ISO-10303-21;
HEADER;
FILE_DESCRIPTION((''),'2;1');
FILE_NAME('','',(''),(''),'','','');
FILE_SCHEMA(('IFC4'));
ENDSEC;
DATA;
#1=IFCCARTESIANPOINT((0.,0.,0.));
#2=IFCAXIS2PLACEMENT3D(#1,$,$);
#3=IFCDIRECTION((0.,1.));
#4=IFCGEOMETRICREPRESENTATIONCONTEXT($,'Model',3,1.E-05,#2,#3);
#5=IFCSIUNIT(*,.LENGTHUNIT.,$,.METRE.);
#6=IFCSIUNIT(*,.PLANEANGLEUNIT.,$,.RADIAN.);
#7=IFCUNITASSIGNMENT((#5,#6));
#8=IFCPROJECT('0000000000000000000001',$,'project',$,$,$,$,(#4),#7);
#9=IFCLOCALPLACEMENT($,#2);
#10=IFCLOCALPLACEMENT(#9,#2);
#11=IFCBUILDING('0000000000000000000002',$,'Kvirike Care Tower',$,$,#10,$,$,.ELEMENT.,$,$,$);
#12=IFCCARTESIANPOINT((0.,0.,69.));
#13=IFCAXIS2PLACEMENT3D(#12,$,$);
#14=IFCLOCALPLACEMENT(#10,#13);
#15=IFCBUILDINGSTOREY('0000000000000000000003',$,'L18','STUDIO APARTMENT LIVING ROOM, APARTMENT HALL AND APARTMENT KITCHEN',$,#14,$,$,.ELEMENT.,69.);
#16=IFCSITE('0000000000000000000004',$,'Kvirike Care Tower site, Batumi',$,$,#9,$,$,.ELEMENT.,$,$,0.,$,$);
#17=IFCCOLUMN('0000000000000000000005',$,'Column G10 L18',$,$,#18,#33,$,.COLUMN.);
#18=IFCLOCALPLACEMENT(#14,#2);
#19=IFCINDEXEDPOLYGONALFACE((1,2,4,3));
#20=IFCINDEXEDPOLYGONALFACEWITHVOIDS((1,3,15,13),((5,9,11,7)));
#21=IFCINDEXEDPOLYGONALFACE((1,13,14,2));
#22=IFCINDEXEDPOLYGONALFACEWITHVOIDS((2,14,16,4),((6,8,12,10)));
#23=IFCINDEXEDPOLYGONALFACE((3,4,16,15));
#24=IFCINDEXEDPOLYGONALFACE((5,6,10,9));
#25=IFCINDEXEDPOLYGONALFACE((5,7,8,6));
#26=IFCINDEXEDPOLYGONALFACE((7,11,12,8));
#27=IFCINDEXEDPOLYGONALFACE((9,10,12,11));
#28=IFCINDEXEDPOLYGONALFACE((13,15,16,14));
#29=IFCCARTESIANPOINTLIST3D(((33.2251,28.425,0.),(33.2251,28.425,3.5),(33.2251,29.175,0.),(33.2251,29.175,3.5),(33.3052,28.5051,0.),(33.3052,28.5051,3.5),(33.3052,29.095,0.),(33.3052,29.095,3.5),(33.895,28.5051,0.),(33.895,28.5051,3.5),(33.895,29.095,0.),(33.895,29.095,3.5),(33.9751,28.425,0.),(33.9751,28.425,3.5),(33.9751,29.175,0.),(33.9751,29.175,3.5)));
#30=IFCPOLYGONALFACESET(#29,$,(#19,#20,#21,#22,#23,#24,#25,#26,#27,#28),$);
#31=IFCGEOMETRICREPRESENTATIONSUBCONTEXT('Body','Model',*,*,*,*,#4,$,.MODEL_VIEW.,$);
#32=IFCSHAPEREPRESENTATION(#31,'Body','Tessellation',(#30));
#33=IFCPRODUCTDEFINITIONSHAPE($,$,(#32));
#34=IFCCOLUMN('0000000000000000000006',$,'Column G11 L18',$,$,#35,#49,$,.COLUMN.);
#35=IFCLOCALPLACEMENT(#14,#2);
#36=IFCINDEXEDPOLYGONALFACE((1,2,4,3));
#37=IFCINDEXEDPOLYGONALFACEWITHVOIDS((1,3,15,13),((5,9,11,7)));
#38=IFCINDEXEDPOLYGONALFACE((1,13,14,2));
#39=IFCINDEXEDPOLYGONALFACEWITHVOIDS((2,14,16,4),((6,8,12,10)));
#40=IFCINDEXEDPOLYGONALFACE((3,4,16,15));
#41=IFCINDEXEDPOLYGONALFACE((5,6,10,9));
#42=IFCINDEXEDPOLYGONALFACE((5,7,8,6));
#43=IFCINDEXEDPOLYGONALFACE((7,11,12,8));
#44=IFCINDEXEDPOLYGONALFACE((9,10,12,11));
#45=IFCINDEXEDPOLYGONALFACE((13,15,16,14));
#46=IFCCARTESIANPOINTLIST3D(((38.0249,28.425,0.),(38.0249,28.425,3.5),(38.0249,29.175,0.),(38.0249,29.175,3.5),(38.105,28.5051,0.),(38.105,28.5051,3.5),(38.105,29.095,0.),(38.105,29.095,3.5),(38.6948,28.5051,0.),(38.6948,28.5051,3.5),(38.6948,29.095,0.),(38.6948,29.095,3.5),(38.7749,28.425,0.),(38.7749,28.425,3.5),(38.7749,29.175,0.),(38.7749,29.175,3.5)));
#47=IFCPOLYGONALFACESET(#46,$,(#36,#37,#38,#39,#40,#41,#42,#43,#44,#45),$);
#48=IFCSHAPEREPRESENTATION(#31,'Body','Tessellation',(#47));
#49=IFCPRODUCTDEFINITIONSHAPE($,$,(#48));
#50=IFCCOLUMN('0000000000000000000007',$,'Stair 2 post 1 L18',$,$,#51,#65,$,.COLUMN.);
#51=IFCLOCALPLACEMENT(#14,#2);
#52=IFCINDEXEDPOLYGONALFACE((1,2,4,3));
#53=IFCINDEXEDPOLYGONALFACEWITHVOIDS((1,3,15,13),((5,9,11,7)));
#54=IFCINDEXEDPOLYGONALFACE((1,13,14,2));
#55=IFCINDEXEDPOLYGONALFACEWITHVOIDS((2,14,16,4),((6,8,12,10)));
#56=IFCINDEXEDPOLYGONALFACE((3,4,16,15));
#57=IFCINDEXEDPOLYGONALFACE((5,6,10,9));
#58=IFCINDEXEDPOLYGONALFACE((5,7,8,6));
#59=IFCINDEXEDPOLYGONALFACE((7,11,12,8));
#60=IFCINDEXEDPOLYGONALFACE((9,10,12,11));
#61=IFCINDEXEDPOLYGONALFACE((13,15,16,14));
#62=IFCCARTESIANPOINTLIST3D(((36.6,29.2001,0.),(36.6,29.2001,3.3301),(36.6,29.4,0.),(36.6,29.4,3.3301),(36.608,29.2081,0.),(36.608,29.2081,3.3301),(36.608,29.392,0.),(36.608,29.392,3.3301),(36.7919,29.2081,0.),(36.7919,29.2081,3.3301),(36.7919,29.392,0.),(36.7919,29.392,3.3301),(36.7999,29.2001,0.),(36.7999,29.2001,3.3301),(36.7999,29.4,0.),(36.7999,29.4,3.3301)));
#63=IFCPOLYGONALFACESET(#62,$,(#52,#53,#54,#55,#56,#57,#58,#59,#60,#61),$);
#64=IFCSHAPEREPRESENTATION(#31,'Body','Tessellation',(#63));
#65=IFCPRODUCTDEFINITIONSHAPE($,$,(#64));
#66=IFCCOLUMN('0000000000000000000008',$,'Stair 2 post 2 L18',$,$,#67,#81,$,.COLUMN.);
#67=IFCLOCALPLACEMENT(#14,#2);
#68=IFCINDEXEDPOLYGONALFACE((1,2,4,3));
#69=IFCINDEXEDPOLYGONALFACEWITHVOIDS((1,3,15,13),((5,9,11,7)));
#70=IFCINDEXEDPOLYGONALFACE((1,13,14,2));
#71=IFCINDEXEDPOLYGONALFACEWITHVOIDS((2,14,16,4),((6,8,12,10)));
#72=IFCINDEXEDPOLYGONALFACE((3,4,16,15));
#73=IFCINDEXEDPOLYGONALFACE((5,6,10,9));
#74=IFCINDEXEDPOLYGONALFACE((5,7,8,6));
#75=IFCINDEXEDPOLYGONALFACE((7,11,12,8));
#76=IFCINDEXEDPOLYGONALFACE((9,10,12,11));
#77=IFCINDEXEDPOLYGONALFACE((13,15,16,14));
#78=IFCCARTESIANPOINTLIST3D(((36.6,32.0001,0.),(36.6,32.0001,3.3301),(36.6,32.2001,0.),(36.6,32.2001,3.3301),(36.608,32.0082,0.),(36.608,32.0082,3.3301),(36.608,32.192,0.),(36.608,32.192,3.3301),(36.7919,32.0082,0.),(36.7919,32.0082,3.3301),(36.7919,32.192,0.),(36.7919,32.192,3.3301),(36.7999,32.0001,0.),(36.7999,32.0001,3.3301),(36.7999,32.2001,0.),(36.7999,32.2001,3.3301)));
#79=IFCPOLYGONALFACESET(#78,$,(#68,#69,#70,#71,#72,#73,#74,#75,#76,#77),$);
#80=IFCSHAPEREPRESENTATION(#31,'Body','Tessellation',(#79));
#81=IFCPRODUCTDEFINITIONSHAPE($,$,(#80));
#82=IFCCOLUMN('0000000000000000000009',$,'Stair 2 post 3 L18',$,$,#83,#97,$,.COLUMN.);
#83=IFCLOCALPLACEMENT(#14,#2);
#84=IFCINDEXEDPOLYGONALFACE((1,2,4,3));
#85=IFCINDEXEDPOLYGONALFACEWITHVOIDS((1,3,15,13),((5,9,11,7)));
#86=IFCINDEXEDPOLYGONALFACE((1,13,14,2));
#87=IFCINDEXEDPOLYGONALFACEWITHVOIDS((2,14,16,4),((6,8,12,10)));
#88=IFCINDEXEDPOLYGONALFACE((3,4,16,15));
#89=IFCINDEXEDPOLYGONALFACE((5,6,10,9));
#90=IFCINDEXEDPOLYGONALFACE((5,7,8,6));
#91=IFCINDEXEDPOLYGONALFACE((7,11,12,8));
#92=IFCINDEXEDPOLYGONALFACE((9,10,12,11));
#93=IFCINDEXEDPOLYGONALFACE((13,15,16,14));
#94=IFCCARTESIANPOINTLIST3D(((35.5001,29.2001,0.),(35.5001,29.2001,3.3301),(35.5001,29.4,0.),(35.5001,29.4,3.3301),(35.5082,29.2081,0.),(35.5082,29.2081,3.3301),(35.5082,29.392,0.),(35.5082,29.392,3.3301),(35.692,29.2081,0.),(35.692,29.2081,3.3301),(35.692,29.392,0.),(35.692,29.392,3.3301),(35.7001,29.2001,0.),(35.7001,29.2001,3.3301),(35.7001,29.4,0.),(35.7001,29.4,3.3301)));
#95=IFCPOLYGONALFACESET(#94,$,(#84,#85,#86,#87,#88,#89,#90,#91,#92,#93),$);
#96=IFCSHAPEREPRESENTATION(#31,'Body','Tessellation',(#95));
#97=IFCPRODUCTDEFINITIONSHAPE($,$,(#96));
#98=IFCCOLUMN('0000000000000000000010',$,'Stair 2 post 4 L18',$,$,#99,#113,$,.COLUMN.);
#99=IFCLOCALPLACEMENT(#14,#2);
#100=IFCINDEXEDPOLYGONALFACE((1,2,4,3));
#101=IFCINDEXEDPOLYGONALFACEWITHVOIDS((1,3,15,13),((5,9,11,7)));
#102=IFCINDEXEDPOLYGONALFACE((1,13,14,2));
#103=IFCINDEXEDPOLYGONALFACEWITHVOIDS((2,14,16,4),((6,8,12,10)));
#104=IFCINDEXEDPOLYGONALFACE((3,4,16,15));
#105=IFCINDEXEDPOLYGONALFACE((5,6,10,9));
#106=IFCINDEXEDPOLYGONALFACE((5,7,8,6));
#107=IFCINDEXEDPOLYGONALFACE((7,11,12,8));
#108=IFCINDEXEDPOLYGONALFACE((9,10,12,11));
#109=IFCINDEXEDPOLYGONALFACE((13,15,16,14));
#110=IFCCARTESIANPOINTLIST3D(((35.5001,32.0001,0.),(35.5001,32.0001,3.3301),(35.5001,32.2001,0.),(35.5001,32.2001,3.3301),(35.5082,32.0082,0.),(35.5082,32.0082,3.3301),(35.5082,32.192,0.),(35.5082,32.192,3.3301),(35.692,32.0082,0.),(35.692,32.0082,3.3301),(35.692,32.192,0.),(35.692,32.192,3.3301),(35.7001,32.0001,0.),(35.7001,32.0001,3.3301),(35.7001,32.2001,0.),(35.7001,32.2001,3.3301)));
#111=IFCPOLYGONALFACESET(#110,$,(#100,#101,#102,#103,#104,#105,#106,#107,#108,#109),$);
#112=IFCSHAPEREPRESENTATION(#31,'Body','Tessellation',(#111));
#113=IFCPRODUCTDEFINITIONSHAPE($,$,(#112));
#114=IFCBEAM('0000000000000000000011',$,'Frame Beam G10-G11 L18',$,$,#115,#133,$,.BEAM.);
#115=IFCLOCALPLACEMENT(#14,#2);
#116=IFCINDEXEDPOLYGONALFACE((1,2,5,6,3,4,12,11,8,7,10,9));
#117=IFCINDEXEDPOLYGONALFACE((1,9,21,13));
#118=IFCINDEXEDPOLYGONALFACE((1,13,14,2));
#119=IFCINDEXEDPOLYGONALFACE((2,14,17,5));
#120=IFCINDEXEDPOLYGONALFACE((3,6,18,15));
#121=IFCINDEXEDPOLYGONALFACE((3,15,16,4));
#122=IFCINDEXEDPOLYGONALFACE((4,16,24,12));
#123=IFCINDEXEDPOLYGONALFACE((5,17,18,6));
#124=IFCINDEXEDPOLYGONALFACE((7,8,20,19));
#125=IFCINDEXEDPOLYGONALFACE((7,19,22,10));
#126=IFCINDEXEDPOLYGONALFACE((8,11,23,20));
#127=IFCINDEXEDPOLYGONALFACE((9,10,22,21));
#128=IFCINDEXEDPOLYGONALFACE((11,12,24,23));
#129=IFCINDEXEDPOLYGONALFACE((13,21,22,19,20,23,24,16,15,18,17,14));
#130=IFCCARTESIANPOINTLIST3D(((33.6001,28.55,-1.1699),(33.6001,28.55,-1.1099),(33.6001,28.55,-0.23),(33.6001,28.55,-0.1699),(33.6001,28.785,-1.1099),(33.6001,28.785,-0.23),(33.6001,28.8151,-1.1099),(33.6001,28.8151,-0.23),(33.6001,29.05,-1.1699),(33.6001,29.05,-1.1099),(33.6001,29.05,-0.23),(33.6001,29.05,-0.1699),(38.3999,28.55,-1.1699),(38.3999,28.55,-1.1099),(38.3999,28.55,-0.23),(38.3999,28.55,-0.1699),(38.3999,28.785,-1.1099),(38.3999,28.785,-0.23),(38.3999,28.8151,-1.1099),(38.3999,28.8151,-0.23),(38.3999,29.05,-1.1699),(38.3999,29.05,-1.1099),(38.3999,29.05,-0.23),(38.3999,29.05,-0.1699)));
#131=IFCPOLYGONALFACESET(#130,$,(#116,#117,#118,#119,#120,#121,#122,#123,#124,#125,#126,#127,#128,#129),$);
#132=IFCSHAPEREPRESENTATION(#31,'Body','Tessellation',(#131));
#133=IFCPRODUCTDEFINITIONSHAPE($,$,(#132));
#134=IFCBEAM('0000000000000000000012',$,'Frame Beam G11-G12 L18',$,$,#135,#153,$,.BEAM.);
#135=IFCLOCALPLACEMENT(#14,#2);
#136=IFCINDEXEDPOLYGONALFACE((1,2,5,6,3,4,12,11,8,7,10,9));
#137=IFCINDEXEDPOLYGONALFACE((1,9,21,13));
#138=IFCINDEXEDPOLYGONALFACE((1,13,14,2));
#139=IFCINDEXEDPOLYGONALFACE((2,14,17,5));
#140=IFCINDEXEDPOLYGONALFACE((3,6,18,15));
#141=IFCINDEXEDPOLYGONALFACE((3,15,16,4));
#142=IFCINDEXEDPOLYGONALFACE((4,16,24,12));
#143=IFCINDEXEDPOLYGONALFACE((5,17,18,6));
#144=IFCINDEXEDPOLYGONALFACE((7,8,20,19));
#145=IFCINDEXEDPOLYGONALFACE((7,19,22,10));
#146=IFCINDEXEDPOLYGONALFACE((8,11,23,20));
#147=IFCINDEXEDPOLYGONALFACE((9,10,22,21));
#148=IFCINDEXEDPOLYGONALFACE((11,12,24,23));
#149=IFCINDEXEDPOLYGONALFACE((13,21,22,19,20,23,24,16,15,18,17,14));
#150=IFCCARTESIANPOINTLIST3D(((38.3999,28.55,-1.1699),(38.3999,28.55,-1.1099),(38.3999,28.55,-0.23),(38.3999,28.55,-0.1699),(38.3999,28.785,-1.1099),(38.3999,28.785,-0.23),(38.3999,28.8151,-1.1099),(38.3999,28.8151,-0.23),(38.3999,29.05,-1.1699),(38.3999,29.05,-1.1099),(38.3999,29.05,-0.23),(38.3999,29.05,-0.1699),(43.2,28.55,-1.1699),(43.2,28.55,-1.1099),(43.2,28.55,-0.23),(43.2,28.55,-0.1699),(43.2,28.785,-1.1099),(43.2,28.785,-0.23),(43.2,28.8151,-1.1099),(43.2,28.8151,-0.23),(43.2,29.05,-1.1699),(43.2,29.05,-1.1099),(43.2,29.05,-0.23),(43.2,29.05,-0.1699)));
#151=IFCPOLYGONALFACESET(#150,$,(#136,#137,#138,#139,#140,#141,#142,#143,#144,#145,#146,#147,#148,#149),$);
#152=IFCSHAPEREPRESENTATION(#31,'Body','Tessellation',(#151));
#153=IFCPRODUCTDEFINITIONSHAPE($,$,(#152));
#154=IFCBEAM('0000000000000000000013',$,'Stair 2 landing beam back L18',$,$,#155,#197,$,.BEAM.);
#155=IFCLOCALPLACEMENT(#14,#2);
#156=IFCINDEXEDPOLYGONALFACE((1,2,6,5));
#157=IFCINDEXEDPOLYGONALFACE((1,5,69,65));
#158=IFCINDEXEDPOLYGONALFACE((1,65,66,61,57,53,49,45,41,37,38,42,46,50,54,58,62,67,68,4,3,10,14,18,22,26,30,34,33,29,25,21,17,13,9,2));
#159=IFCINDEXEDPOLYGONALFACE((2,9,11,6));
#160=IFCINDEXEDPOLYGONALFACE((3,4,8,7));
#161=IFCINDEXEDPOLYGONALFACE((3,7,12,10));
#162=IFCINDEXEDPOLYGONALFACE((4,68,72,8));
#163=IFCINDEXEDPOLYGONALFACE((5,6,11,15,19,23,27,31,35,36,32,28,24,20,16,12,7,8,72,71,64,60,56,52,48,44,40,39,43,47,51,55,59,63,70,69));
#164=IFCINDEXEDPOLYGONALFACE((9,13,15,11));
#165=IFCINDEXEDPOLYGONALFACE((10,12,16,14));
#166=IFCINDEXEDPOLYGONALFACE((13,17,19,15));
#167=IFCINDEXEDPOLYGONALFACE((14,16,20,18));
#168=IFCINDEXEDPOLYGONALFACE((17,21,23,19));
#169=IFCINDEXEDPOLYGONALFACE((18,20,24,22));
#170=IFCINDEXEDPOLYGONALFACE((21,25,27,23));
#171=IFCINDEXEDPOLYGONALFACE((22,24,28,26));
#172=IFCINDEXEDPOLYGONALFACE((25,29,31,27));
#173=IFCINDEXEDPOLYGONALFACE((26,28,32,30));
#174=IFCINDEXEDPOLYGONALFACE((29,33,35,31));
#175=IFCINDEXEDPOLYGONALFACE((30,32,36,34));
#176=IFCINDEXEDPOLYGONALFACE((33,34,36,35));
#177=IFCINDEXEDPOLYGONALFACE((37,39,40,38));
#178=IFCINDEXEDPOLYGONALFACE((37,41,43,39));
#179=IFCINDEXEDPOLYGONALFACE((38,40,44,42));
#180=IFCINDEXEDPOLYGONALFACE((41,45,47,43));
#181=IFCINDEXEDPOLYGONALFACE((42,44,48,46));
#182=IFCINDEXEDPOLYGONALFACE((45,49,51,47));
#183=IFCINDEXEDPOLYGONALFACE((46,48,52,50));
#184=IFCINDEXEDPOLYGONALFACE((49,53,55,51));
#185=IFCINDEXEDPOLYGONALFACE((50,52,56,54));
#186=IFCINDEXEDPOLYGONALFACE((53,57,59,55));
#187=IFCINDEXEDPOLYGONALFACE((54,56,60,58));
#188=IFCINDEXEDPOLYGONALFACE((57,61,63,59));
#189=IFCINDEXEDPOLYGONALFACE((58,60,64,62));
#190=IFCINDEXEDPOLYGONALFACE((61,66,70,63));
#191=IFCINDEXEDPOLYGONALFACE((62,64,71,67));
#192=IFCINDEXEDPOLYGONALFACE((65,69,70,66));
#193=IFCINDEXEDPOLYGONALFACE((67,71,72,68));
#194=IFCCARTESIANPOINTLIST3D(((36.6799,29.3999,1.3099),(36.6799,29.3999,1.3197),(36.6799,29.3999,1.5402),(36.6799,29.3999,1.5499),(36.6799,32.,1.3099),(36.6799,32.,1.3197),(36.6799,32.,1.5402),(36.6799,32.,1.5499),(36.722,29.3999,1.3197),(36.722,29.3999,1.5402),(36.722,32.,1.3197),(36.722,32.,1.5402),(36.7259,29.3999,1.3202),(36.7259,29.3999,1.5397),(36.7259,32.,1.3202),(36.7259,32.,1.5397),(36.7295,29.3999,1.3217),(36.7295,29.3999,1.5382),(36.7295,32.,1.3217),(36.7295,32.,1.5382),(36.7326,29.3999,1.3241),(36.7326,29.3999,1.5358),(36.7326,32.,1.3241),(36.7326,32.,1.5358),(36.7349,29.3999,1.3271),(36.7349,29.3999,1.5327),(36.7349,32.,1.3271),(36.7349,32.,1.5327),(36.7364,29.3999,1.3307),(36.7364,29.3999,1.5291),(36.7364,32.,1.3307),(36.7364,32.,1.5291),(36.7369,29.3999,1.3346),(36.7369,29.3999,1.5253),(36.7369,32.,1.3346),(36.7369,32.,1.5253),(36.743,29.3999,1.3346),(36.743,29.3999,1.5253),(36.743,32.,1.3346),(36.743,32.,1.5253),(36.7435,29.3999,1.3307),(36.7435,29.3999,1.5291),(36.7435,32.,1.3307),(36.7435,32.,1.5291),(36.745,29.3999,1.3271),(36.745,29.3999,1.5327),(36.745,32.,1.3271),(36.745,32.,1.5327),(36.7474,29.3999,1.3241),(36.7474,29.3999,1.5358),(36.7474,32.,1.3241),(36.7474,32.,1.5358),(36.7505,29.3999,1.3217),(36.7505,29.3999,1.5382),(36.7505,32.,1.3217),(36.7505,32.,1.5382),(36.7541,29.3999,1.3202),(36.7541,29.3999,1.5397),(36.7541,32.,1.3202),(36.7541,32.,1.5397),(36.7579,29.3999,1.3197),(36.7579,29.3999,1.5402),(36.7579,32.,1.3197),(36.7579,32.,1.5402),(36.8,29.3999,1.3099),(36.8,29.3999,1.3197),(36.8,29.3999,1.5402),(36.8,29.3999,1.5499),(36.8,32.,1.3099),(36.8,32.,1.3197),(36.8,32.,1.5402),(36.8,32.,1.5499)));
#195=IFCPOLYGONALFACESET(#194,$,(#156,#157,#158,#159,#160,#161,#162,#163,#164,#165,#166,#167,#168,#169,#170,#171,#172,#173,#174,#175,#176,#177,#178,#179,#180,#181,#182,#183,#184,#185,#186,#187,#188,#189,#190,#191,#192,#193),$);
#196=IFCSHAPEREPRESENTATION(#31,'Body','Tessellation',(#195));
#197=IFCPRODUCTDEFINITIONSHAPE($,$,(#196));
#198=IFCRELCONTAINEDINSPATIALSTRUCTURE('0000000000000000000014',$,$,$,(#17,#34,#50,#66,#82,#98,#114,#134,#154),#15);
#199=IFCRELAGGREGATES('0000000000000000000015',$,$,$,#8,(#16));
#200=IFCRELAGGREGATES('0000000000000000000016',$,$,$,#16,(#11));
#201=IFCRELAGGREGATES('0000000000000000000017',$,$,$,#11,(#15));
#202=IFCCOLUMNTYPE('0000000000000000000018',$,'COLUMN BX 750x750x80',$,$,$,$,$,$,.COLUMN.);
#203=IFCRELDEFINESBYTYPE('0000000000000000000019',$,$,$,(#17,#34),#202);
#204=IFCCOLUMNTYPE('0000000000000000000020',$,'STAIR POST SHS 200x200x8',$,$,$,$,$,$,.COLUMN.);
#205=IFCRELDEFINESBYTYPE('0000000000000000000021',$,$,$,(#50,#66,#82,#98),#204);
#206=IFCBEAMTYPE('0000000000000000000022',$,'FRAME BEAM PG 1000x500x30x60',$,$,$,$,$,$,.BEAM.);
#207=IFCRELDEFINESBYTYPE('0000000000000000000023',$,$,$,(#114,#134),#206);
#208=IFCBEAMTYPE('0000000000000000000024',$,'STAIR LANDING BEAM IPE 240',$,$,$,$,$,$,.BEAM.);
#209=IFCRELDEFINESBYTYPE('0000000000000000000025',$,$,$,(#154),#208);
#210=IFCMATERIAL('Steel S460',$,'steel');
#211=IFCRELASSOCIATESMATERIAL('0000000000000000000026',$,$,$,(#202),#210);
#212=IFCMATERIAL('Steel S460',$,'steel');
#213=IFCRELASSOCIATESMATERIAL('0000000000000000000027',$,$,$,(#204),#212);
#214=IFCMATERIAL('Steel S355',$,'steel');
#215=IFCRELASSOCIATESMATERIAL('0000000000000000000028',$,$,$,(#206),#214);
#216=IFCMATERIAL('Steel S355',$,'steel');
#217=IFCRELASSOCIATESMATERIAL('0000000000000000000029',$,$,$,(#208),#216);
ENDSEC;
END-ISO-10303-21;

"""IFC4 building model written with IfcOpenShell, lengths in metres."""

from ifc_helpers import new_model, si_unit, direction, frame, origin, origin_2d, place, context, subcontext, project, spatial, hollow_rectangle, i_section, extrude, material, material_profile, profile_set, type_object, element, save


model = new_model("IFC4")

# Units and contexts
model_context = context("Model", 3, precision=1e-05, world=origin(), true_north=direction((0.0, 1.0)))
body_context = subcontext(model_context, "Body", "Model", "MODEL_VIEW")
ifc_project = project(units=[si_unit("LENGTHUNIT", "METRE"), si_unit("PLANEANGLEUNIT", "RADIAN")], contexts=[model_context])

# Site, building, storey
site_placement = place(None, origin())
site = spatial("IfcSite", under=ifc_project, at=site_placement, Name="Kvirike Care Tower site, Batumi", CompositionType="ELEMENT", RefElevation=0.0)
building_placement = place(site_placement, origin())
building = spatial("IfcBuilding", under=site, at=building_placement, Name="Kvirike Care Tower", CompositionType="ELEMENT")
storey_placement = place(building_placement, frame((0.0, 0.0, 69.0)))
storey = spatial("IfcBuildingStorey", under=building, at=storey_placement, Name="L18", Description="STUDIO APARTMENT LIVING ROOM, APARTMENT HALL AND APARTMENT KITCHEN", CompositionType="ELEMENT", Elevation=69.0)

# Columns
ifc_material_1 = material(Name="Steel S460", Category="steel")
ifc_material_profile_1 = material_profile(ifc_material_1, hollow_rectangle(XDim=0.75, YDim=0.75, WallThickness=0.0801, at=origin_2d()), Name="BX 750x750x80")
ifc_profile_set_1 = profile_set([ifc_material_profile_1], Name="Steel S460")
column_type_1 = type_object("IfcColumnType", Name="COLUMN BX 750x750x80", PredefinedType="COLUMN", material=ifc_profile_set_1)
for number, where, z_axis, x_axis, name in (
    (1, (33.6001, 28.8, 0.0), (0.0, 0.0, 1.0), (0.0, 1.0, 0.0), "Column G10 L18"),
    (2, (38.3999, 28.8, 0.0), (0.0, 0.0, 1.0), (0.0, 1.0, 0.0), "Column G11 L18"),
):
    element("IfcColumn", number, at=place(storey_placement, frame(where, z_axis=z_axis, x_axis=x_axis)), inside=storey, type_object=column_type_1, Name=name, PredefinedType="COLUMN", context=body_context, shape_type="SweptSolid", body=[
        extrude(hollow_rectangle(XDim=0.75, YDim=0.75, WallThickness=0.0801, at=origin_2d()), origin(), (0.0, 0.0, 1.0), 3.5),
    ])
ifc_material_2 = material(Name="Steel S460", Category="steel")
ifc_material_profile_2 = material_profile(ifc_material_2, hollow_rectangle(XDim=0.2, YDim=0.2, WallThickness=0.0081, at=origin_2d()), Name="SHS 200x200x8")
ifc_profile_set_2 = profile_set([ifc_material_profile_2], Name="Steel S460")
column_type_2 = type_object("IfcColumnType", Name="STAIR POST SHS 200x200x8", PredefinedType="COLUMN", material=ifc_profile_set_2)
for number, where, z_axis, x_axis, name in (
    (3, (36.7, 29.3, 0.0), (0.0, 0.0, 1.0), (1.0, 0.0, 0.0), "Stair 2 post 1 L18"),
    (4, (36.7, 32.1001, 0.0), (0.0, 0.0, 1.0), (1.0, 0.0, 0.0), "Stair 2 post 2 L18"),
    (5, (35.6001, 29.3, 0.0), (0.0, 0.0, 1.0), (1.0, 0.0, 0.0), "Stair 2 post 3 L18"),
    (6, (35.6001, 32.1001, 0.0), (0.0, 0.0, 1.0), (1.0, 0.0, 0.0), "Stair 2 post 4 L18"),
):
    element("IfcColumn", number, at=place(storey_placement, frame(where, z_axis=z_axis, x_axis=x_axis)), inside=storey, type_object=column_type_2, Name=name, PredefinedType="COLUMN", context=body_context, shape_type="SweptSolid", body=[
        extrude(hollow_rectangle(XDim=0.2, YDim=0.2, WallThickness=0.0081, at=origin_2d()), origin(), (0.0, 0.0, 1.0), 3.3301),
    ])

# Beams
ifc_material_3 = material(Name="Steel S355", Category="steel")
ifc_material_profile_3 = material_profile(ifc_material_3, i_section(OverallWidth=0.5, OverallDepth=1.0, WebThickness=0.03, FlangeThickness=0.0601, at=origin_2d()), Name="PG 1000x500x30x60")
ifc_profile_set_3 = profile_set([ifc_material_profile_3], Name="Steel S355")
beam_type_1 = type_object("IfcBeamType", Name="FRAME BEAM PG 1000x500x30x60", PredefinedType="BEAM", material=ifc_profile_set_3)
beam_1_placement = place(storey_placement, frame((33.6001, 28.8, -0.6699), z_axis=(1.0, 0.0, 0.0), x_axis=(0.0, 1.0, 0.0)))
element("IfcBeam", 7, at=beam_1_placement, inside=storey, type_object=beam_type_1, Name="Frame Beam G10-G11 L18", PredefinedType="BEAM", context=body_context, shape_type="SweptSolid", body=[
    extrude(i_section(OverallWidth=0.5, OverallDepth=1.0, WebThickness=0.03, FlangeThickness=0.0601, at=origin_2d()), origin(), (0.0, 0.0, 1.0), 4.7998),
])
beam_2_placement = place(storey_placement, frame((38.3999, 28.8, -0.6699), z_axis=(1.0, 0.0, 0.0), x_axis=(0.0, 1.0, 0.0)))
element("IfcBeam", 8, at=beam_2_placement, inside=storey, type_object=beam_type_1, Name="Frame Beam G11-G12 L18", PredefinedType="BEAM", context=body_context, shape_type="SweptSolid", body=[
    extrude(i_section(OverallWidth=0.5, OverallDepth=1.0, WebThickness=0.03, FlangeThickness=0.0601, at=origin_2d()), origin(), (0.0, 0.0, 1.0), 4.8),
])
ifc_material_4 = material(Name="Steel S355", Category="steel")
ifc_material_profile_4 = material_profile(ifc_material_4, i_section(OverallWidth=0.1201, OverallDepth=0.24, WebThickness=0.0061, FlangeThickness=0.0098, FilletRadius=0.0149, at=origin_2d()), Name="IPE 240")
ifc_profile_set_4 = profile_set([ifc_material_profile_4], Name="Steel S355")
beam_type_2 = type_object("IfcBeamType", Name="STAIR LANDING BEAM IPE 240", PredefinedType="BEAM", material=ifc_profile_set_4)
for number, where, z_axis, x_axis, name in (
    (9, (36.74, 29.3999, 1.4299), (0.0, 1.0, 0.0), (-1.0, 0.0, 0.0), "Stair 2 landing beam back L18"),
):
    element("IfcBeam", number, at=place(storey_placement, frame(where, z_axis=z_axis, x_axis=x_axis)), inside=storey, type_object=beam_type_2, Name=name, PredefinedType="BEAM", context=body_context, shape_type="SweptSolid", body=[
        extrude(i_section(OverallWidth=0.1201, OverallDepth=0.24, WebThickness=0.0061, FlangeThickness=0.0098, FilletRadius=0.0149, at=origin_2d()), origin(), (0.0, 0.0, 1.0), 2.6001),
    ])

save(model, "model.ifc")
